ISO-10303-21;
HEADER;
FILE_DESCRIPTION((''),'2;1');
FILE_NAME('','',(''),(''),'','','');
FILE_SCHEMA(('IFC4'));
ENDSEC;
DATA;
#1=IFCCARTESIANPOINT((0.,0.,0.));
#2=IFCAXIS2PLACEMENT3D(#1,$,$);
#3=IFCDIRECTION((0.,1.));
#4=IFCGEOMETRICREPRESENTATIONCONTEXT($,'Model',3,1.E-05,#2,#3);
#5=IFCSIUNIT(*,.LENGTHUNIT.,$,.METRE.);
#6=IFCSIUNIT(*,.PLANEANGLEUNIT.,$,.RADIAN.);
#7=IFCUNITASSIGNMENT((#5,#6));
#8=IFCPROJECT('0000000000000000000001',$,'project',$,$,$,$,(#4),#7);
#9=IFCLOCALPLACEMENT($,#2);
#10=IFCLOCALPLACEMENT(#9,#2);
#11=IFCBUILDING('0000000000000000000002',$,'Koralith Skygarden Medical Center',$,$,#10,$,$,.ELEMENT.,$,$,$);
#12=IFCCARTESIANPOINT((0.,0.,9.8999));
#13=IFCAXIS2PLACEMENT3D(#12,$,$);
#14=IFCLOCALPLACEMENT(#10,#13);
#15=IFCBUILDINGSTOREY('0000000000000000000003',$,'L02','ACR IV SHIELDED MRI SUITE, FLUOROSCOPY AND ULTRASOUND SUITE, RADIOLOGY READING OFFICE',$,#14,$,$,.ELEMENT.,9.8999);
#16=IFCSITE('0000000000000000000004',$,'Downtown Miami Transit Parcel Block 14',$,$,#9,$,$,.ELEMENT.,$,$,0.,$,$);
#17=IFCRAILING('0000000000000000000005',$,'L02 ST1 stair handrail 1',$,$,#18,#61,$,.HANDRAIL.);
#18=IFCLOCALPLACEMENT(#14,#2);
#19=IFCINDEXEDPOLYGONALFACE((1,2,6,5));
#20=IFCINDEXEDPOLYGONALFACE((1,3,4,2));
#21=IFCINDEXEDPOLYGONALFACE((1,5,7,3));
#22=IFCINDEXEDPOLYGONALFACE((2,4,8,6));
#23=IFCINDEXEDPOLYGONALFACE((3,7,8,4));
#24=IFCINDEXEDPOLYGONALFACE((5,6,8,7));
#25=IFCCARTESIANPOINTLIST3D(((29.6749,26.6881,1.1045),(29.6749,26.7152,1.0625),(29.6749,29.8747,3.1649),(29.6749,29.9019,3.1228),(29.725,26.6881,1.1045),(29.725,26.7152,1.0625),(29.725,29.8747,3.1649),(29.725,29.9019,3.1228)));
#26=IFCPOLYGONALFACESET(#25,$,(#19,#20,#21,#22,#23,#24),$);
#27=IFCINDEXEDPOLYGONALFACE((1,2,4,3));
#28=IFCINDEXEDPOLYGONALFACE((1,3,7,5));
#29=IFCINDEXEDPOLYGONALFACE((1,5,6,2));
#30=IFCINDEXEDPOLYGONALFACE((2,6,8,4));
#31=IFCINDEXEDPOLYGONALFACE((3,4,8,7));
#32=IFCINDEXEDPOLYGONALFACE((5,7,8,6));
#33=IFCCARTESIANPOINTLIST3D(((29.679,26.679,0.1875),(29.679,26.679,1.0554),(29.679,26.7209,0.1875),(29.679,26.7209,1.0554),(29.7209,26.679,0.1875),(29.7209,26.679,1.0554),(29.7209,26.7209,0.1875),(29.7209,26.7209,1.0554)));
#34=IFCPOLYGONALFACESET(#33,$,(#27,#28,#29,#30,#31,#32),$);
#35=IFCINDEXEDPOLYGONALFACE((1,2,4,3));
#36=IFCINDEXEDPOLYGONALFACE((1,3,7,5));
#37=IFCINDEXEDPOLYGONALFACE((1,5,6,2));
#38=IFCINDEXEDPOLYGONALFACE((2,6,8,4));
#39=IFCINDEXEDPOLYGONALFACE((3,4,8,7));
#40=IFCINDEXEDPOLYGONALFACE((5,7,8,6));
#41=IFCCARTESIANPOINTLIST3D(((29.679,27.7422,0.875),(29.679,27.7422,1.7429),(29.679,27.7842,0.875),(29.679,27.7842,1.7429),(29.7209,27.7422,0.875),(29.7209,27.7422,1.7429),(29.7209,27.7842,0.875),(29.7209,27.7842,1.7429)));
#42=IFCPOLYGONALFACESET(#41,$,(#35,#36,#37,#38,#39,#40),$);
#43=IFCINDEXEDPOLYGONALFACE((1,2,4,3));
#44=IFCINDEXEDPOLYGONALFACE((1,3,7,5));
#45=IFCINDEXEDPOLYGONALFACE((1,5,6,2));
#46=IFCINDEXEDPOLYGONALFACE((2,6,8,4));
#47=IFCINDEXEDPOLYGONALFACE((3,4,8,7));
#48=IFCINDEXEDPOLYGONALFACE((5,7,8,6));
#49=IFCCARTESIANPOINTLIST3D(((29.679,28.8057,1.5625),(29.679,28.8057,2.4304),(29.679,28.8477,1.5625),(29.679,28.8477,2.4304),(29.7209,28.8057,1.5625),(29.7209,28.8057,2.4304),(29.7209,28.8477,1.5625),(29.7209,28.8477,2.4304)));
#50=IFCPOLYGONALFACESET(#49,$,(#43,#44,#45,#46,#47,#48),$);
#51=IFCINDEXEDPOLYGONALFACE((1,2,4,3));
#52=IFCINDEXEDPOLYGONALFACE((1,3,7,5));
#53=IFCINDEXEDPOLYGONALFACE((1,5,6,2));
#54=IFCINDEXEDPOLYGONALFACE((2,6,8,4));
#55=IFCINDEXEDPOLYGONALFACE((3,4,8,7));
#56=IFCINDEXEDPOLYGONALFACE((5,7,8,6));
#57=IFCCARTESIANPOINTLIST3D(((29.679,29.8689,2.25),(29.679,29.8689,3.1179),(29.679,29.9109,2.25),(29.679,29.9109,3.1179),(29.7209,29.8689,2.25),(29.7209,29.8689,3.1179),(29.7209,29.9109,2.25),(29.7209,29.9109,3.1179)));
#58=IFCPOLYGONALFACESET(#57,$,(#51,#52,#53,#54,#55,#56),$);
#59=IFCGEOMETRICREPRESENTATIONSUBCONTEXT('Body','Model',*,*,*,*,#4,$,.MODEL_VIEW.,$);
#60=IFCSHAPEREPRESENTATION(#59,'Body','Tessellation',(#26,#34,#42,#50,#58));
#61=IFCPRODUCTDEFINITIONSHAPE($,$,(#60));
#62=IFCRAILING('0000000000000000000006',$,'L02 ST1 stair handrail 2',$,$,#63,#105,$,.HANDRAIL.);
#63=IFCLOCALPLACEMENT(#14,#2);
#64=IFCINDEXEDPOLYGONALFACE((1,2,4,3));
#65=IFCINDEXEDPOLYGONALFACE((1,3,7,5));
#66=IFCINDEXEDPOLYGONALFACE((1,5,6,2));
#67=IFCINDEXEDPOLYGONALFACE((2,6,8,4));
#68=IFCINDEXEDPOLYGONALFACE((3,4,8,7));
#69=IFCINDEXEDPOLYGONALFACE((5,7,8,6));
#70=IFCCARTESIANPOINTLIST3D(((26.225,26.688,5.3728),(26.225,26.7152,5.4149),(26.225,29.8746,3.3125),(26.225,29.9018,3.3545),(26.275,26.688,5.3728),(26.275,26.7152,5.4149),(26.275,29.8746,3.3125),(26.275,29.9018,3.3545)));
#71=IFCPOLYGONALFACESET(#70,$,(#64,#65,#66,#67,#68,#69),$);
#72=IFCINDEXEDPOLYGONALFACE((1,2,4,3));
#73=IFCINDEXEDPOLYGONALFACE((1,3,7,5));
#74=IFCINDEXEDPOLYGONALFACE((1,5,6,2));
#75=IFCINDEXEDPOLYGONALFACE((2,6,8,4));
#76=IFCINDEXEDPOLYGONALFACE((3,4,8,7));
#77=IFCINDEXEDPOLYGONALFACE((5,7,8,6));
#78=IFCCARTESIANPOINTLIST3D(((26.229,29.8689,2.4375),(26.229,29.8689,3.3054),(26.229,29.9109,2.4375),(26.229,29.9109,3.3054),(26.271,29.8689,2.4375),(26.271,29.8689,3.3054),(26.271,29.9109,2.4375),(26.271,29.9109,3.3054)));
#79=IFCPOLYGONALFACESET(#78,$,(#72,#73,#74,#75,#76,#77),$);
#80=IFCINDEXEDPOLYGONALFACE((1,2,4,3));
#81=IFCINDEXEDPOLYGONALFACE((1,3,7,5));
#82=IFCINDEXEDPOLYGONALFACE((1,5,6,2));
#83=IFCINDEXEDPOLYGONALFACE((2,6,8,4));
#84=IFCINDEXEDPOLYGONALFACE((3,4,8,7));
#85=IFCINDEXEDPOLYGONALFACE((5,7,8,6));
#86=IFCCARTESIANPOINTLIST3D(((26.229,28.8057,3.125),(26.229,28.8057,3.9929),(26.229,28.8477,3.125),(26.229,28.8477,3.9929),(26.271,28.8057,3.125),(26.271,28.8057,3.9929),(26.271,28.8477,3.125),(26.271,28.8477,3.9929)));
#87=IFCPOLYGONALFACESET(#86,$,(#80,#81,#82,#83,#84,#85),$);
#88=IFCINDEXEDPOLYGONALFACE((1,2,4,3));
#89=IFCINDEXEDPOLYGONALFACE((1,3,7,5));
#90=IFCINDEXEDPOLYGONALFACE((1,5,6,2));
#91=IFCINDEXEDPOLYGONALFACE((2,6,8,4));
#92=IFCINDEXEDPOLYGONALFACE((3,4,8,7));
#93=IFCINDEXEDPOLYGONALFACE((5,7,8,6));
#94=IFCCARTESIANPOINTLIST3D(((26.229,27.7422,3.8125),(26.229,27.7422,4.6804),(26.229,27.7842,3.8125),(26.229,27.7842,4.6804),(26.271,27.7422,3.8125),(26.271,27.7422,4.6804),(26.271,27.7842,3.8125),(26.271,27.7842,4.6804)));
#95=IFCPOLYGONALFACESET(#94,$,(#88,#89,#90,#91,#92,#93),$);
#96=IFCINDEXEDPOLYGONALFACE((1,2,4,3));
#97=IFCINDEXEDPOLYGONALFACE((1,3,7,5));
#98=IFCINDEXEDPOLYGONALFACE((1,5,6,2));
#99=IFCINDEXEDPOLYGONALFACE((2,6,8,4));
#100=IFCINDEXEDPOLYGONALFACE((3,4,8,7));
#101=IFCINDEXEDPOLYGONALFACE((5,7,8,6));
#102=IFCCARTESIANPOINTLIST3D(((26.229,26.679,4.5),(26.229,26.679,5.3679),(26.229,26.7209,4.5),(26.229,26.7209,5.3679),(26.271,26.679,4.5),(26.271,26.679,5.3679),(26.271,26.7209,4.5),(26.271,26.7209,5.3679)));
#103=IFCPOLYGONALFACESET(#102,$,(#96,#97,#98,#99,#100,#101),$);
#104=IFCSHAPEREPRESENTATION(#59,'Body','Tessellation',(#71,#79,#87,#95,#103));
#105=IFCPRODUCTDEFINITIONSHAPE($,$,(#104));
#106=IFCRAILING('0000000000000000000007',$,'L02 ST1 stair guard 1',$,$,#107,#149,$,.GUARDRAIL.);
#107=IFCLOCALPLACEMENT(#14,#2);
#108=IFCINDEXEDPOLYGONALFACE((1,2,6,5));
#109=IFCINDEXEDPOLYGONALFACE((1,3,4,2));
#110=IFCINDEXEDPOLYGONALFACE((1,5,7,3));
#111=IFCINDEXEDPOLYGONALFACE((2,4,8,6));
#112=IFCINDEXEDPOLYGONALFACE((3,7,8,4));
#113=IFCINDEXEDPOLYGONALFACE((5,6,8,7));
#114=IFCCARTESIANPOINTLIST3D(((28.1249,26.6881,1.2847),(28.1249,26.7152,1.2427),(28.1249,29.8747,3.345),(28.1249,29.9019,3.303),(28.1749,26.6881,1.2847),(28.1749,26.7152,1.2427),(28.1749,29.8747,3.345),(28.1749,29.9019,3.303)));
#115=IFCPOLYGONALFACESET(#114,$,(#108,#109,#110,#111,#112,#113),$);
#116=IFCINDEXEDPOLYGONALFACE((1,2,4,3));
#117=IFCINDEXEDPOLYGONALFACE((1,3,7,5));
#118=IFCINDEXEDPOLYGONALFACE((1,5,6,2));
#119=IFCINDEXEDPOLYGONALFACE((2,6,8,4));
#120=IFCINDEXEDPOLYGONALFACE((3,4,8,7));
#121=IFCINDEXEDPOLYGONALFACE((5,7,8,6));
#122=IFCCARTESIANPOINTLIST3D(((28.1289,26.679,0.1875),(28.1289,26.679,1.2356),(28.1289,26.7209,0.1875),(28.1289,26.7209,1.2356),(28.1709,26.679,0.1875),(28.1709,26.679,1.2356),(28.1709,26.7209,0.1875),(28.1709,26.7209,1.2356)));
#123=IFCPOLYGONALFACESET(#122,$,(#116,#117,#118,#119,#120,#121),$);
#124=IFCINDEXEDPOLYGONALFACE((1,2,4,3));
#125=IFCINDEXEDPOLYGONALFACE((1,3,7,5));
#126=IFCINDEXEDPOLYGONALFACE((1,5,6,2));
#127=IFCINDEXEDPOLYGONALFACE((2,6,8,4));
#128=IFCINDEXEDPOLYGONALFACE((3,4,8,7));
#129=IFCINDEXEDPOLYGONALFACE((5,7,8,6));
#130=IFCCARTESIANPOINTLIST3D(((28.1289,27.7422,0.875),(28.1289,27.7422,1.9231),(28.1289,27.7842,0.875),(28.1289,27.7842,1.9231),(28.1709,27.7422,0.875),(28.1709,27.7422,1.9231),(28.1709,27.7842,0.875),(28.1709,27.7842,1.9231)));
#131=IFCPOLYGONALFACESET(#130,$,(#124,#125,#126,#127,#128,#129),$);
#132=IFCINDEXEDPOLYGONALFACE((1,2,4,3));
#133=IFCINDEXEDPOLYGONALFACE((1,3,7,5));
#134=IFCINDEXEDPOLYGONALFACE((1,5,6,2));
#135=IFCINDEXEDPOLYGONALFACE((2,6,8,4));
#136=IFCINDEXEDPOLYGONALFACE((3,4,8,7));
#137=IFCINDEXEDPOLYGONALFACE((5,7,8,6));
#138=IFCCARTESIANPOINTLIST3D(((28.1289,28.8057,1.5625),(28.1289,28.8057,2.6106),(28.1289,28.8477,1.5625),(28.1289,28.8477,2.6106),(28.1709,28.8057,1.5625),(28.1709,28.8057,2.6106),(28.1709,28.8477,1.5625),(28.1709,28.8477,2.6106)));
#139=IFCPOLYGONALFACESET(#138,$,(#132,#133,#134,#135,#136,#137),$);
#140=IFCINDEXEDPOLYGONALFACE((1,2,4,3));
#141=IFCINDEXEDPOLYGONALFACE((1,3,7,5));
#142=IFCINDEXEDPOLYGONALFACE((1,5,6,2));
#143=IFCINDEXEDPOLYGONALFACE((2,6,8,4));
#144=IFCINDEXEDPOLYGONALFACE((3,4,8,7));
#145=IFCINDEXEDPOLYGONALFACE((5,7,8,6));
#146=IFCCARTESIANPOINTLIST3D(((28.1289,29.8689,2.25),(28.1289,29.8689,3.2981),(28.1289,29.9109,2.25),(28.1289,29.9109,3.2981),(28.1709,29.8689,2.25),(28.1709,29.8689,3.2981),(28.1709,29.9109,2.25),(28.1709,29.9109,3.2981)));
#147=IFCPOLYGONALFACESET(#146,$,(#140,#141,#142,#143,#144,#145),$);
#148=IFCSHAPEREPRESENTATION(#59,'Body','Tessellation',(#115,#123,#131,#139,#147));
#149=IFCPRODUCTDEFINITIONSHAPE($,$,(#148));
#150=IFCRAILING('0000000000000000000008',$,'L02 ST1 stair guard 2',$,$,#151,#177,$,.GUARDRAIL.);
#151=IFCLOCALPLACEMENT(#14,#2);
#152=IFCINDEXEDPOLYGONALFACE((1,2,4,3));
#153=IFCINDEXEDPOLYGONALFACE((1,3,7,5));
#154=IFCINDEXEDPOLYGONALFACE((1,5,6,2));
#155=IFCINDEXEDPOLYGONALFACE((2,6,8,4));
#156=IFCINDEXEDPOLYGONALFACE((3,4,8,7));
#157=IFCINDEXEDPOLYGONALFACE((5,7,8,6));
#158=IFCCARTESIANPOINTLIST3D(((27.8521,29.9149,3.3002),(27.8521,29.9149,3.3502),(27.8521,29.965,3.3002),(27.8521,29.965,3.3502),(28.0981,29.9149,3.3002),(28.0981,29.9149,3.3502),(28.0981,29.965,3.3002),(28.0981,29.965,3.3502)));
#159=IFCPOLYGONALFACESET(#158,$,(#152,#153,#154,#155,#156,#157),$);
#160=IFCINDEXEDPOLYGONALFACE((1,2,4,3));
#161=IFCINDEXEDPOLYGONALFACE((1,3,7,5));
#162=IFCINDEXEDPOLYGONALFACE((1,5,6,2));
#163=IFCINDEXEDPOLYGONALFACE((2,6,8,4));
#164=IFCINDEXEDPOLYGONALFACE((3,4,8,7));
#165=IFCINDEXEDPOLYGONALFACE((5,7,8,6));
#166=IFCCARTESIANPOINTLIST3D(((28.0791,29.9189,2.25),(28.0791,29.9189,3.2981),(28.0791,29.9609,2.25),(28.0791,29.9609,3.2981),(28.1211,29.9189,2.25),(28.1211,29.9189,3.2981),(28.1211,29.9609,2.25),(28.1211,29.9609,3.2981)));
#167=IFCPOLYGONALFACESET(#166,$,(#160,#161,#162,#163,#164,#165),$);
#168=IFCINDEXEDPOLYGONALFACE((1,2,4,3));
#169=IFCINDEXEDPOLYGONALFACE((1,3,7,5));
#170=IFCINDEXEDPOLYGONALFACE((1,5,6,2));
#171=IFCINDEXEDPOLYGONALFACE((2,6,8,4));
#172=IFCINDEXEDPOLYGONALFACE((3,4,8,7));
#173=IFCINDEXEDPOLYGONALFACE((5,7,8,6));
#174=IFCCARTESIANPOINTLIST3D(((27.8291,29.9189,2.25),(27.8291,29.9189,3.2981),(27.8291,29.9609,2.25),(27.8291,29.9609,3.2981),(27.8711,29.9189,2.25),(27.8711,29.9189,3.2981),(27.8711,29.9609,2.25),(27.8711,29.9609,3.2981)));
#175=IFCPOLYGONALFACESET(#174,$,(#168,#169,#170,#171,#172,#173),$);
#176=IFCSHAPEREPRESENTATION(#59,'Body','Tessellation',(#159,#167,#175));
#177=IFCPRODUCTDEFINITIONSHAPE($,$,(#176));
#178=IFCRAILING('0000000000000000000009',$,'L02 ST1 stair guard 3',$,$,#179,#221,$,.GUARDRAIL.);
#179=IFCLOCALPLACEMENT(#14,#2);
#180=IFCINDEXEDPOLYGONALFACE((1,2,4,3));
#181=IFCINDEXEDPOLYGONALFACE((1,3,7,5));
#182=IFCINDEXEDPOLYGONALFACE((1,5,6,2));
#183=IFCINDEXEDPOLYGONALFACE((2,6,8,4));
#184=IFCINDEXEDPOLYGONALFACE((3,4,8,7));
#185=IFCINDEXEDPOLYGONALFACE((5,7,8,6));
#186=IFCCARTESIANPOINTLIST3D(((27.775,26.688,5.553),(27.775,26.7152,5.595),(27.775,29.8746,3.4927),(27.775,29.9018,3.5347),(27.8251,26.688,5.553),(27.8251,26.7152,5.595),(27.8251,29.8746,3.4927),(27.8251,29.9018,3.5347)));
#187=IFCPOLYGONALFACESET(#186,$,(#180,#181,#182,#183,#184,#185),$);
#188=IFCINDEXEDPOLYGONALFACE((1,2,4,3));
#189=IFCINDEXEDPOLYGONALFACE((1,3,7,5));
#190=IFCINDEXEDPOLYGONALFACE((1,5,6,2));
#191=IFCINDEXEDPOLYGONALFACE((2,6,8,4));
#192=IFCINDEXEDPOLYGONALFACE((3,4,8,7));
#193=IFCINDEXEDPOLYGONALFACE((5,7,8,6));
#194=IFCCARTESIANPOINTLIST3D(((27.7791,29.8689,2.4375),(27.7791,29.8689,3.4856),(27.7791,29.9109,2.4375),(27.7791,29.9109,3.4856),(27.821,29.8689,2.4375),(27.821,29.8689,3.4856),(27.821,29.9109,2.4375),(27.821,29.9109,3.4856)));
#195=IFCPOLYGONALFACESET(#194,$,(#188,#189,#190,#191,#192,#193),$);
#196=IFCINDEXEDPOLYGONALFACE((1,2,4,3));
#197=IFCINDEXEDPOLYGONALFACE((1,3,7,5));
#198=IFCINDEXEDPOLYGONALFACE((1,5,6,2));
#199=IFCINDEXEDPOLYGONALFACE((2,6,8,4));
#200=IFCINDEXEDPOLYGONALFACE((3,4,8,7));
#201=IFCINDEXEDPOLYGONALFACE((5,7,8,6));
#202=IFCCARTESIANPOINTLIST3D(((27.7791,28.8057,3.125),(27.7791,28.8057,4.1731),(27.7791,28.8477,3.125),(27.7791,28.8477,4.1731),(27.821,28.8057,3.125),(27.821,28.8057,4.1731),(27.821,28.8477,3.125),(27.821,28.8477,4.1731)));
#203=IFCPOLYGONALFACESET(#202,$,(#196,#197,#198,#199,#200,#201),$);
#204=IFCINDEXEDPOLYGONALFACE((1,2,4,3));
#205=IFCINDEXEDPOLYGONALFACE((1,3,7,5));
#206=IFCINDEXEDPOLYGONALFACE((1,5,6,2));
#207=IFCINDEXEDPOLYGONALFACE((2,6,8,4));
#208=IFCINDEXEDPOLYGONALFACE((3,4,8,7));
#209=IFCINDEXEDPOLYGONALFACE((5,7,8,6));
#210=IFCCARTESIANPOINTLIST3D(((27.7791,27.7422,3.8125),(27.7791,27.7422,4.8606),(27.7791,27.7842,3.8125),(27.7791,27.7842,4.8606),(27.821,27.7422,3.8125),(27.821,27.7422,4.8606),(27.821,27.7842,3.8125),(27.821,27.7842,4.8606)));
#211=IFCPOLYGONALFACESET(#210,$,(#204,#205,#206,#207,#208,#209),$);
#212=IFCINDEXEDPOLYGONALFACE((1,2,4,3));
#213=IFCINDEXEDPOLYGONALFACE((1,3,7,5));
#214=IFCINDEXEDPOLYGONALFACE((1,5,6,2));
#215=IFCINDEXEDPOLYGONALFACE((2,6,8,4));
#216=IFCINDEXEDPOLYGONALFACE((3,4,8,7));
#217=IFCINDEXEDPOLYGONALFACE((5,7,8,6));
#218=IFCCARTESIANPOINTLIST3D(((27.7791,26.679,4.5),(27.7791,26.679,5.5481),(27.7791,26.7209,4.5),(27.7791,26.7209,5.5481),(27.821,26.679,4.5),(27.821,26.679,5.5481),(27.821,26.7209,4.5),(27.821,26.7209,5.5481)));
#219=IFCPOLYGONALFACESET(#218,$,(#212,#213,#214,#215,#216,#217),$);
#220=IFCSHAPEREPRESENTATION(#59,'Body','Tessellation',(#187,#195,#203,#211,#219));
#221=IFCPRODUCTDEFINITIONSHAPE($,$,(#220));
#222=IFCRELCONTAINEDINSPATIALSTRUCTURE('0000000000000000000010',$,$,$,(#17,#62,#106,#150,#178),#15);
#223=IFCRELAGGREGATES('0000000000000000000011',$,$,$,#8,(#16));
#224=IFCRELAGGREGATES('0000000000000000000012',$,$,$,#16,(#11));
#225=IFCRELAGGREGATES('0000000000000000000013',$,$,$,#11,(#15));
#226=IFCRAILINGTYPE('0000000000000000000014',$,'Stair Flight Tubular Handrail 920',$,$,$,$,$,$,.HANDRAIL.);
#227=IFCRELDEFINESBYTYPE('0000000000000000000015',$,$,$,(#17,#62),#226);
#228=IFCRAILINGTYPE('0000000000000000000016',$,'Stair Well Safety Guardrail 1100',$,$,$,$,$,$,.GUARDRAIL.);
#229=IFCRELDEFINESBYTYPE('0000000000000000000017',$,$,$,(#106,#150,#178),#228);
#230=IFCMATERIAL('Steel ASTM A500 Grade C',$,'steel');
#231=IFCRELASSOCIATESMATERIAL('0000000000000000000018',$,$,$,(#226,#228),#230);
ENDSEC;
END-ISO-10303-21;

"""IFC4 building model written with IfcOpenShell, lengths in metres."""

from ifc_helpers import new_model, si_unit, direction, frame, origin, origin_2d, place, context, subcontext, project, spatial, rectangle, extrude, material, type_object, element, save


model = new_model("IFC4")

# Units and contexts
model_context = context("Model", 3, precision=1e-05, world=origin(), true_north=direction((0.0, 1.0)))
body_context = subcontext(model_context, "Body", "Model", "MODEL_VIEW")
ifc_project = project(units=[si_unit("LENGTHUNIT", "METRE"), si_unit("PLANEANGLEUNIT", "RADIAN")], contexts=[model_context])

# Site, building, storey
site_placement = place(None, origin())
site = spatial("IfcSite", under=ifc_project, at=site_placement, Name="Downtown Miami Transit Parcel Block 14", CompositionType="ELEMENT", RefElevation=0.0)
building_placement = place(site_placement, origin())
building = spatial("IfcBuilding", under=site, at=building_placement, Name="Koralith Skygarden Medical Center", CompositionType="ELEMENT")
storey_placement = place(building_placement, frame((0.0, 0.0, 9.8999)))
storey = spatial("IfcBuildingStorey", under=building, at=storey_placement, Name="L02", Description="ACR IV SHIELDED MRI SUITE, FLUOROSCOPY AND ULTRASOUND SUITE, RADIOLOGY READING OFFICE", CompositionType="ELEMENT", Elevation=9.8999)

# Shared definitions
ifc_material_1 = material(Name="Steel ASTM A500 Grade C", Category="steel")

# Railings
railing_type_1 = type_object("IfcRailingType", Name="Stair Flight Tubular Handrail 920", PredefinedType="HANDRAIL", material=ifc_material_1)
railing_1_placement = place(storey_placement, frame((29.7, 26.7, 0.1875)))
element("IfcRailing", 1, at=railing_1_placement, inside=storey, type_object=railing_type_1, Name="L02 ST1 stair handrail 1", PredefinedType="HANDRAIL", context=body_context, shape_type="SweptSolid", body=[
    extrude(rectangle(XDim=0.05, YDim=0.05, at=origin_2d()), frame((0.0, 0.0017, 0.896), z_axis=(0.0, 0.83976, 0.542958), x_axis=(-1.0, 0.0, 0.0)), (0.0, 0.0, 1.0), 3.7947),
    extrude(rectangle(XDim=0.042, YDim=0.042, at=origin_2d()), origin(), (0.0, 0.0, 1.0), 0.8679),
    extrude(rectangle(XDim=0.042, YDim=0.042, at=origin_2d()), frame((0.0, 1.0632, 0.6875)), (0.0, 0.0, 1.0), 0.8679),
    extrude(rectangle(XDim=0.042, YDim=0.042, at=origin_2d()), frame((0.0, 2.1267, 1.375)), (0.0, 0.0, 1.0), 0.8679),
    extrude(rectangle(XDim=0.042, YDim=0.042, at=origin_2d()), frame((0.0, 3.1899, 2.0625)), (0.0, 0.0, 1.0), 0.8679),
])
railing_2_placement = place(storey_placement, frame((26.25, 29.8899, 2.4375)))
element("IfcRailing", 2, at=railing_2_placement, inside=storey, type_object=railing_type_1, Name="L02 ST1 stair handrail 2", PredefinedType="HANDRAIL", context=body_context, shape_type="SweptSolid", body=[
    extrude(rectangle(XDim=0.05, YDim=0.05, at=origin_2d()), frame((0.0, -0.0017, 0.896), z_axis=(0.0, -0.83976, 0.542958), x_axis=(1.0, 0.0, 0.0)), (0.0, 0.0, 1.0), 3.7947),
    extrude(rectangle(XDim=0.042, YDim=0.042, at=origin_2d()), origin(), (0.0, 0.0, 1.0), 0.8679),
    extrude(rectangle(XDim=0.042, YDim=0.042, at=origin_2d()), frame((0.0, -1.0632, 0.6875)), (0.0, 0.0, 1.0), 0.8679),
    extrude(rectangle(XDim=0.042, YDim=0.042, at=origin_2d()), frame((0.0, -2.1267, 1.375)), (0.0, 0.0, 1.0), 0.8679),
    extrude(rectangle(XDim=0.042, YDim=0.042, at=origin_2d()), frame((0.0, -3.1899, 2.0625)), (0.0, 0.0, 1.0), 0.8679),
])
railing_type_2 = type_object("IfcRailingType", Name="Stair Well Safety Guardrail 1100", PredefinedType="GUARDRAIL", material=ifc_material_1)
railing_3_placement = place(storey_placement, frame((28.1499, 26.7, 0.1875)))
element("IfcRailing", 3, at=railing_3_placement, inside=storey, type_object=railing_type_2, Name="L02 ST1 stair guard 1", PredefinedType="GUARDRAIL", context=body_context, shape_type="SweptSolid", body=[
    extrude(rectangle(XDim=0.05, YDim=0.05, at=origin_2d()), frame((0.0, 0.0017, 1.0762), z_axis=(0.0, 0.83976, 0.542958), x_axis=(-1.0, 0.0, 0.0)), (0.0, 0.0, 1.0), 3.7947),
    extrude(rectangle(XDim=0.042, YDim=0.042, at=origin_2d()), origin(), (0.0, 0.0, 1.0), 1.0481),
    extrude(rectangle(XDim=0.042, YDim=0.042, at=origin_2d()), frame((0.0, 1.0632, 0.6875)), (0.0, 0.0, 1.0), 1.0481),
    extrude(rectangle(XDim=0.042, YDim=0.042, at=origin_2d()), frame((0.0, 2.1267, 1.375)), (0.0, 0.0, 1.0), 1.0481),
    extrude(rectangle(XDim=0.042, YDim=0.042, at=origin_2d()), frame((0.0, 3.1899, 2.0625)), (0.0, 0.0, 1.0), 1.0481),
])
railing_4_placement = place(storey_placement, frame((28.1001, 29.9399, 2.25)))
element("IfcRailing", 4, at=railing_4_placement, inside=storey, type_object=railing_type_2, Name="L02 ST1 stair guard 2", PredefinedType="GUARDRAIL", context=body_context, shape_type="SweptSolid", body=[
    extrude(rectangle(XDim=0.05, YDim=0.05, at=origin_2d()), frame((-0.002, 0.0, 1.0752), z_axis=(-1.0, 0.0, 0.0), x_axis=(0.0, -1.0, 0.0)), (0.0, 0.0, 1.0), 0.2461),
    extrude(rectangle(XDim=0.042, YDim=0.042, at=origin_2d()), origin(), (0.0, 0.0, 1.0), 1.0481),
    extrude(rectangle(XDim=0.042, YDim=0.042, at=origin_2d()), frame((-0.25, 0.0, 0.0)), (0.0, 0.0, 1.0), 1.0481),
])
railing_5_placement = place(storey_placement, frame((27.8, 29.8899, 2.4375)))
element("IfcRailing", 5, at=railing_5_placement, inside=storey, type_object=railing_type_2, Name="L02 ST1 stair guard 3", PredefinedType="GUARDRAIL", context=body_context, shape_type="SweptSolid", body=[
    extrude(rectangle(XDim=0.05, YDim=0.05, at=origin_2d()), frame((0.0, -0.0017, 1.0762), z_axis=(0.0, -0.83976, 0.542958), x_axis=(1.0, 0.0, 0.0)), (0.0, 0.0, 1.0), 3.7947),
    extrude(rectangle(XDim=0.042, YDim=0.042, at=origin_2d()), origin(), (0.0, 0.0, 1.0), 1.0481),
    extrude(rectangle(XDim=0.042, YDim=0.042, at=origin_2d()), frame((0.0, -1.0632, 0.6875)), (0.0, 0.0, 1.0), 1.0481),
    extrude(rectangle(XDim=0.042, YDim=0.042, at=origin_2d()), frame((0.0, -2.1267, 1.375)), (0.0, 0.0, 1.0), 1.0481),
    extrude(rectangle(XDim=0.042, YDim=0.042, at=origin_2d()), frame((0.0, -3.1899, 2.0625)), (0.0, 0.0, 1.0), 1.0481),
])

save(model, "model.ifc")
